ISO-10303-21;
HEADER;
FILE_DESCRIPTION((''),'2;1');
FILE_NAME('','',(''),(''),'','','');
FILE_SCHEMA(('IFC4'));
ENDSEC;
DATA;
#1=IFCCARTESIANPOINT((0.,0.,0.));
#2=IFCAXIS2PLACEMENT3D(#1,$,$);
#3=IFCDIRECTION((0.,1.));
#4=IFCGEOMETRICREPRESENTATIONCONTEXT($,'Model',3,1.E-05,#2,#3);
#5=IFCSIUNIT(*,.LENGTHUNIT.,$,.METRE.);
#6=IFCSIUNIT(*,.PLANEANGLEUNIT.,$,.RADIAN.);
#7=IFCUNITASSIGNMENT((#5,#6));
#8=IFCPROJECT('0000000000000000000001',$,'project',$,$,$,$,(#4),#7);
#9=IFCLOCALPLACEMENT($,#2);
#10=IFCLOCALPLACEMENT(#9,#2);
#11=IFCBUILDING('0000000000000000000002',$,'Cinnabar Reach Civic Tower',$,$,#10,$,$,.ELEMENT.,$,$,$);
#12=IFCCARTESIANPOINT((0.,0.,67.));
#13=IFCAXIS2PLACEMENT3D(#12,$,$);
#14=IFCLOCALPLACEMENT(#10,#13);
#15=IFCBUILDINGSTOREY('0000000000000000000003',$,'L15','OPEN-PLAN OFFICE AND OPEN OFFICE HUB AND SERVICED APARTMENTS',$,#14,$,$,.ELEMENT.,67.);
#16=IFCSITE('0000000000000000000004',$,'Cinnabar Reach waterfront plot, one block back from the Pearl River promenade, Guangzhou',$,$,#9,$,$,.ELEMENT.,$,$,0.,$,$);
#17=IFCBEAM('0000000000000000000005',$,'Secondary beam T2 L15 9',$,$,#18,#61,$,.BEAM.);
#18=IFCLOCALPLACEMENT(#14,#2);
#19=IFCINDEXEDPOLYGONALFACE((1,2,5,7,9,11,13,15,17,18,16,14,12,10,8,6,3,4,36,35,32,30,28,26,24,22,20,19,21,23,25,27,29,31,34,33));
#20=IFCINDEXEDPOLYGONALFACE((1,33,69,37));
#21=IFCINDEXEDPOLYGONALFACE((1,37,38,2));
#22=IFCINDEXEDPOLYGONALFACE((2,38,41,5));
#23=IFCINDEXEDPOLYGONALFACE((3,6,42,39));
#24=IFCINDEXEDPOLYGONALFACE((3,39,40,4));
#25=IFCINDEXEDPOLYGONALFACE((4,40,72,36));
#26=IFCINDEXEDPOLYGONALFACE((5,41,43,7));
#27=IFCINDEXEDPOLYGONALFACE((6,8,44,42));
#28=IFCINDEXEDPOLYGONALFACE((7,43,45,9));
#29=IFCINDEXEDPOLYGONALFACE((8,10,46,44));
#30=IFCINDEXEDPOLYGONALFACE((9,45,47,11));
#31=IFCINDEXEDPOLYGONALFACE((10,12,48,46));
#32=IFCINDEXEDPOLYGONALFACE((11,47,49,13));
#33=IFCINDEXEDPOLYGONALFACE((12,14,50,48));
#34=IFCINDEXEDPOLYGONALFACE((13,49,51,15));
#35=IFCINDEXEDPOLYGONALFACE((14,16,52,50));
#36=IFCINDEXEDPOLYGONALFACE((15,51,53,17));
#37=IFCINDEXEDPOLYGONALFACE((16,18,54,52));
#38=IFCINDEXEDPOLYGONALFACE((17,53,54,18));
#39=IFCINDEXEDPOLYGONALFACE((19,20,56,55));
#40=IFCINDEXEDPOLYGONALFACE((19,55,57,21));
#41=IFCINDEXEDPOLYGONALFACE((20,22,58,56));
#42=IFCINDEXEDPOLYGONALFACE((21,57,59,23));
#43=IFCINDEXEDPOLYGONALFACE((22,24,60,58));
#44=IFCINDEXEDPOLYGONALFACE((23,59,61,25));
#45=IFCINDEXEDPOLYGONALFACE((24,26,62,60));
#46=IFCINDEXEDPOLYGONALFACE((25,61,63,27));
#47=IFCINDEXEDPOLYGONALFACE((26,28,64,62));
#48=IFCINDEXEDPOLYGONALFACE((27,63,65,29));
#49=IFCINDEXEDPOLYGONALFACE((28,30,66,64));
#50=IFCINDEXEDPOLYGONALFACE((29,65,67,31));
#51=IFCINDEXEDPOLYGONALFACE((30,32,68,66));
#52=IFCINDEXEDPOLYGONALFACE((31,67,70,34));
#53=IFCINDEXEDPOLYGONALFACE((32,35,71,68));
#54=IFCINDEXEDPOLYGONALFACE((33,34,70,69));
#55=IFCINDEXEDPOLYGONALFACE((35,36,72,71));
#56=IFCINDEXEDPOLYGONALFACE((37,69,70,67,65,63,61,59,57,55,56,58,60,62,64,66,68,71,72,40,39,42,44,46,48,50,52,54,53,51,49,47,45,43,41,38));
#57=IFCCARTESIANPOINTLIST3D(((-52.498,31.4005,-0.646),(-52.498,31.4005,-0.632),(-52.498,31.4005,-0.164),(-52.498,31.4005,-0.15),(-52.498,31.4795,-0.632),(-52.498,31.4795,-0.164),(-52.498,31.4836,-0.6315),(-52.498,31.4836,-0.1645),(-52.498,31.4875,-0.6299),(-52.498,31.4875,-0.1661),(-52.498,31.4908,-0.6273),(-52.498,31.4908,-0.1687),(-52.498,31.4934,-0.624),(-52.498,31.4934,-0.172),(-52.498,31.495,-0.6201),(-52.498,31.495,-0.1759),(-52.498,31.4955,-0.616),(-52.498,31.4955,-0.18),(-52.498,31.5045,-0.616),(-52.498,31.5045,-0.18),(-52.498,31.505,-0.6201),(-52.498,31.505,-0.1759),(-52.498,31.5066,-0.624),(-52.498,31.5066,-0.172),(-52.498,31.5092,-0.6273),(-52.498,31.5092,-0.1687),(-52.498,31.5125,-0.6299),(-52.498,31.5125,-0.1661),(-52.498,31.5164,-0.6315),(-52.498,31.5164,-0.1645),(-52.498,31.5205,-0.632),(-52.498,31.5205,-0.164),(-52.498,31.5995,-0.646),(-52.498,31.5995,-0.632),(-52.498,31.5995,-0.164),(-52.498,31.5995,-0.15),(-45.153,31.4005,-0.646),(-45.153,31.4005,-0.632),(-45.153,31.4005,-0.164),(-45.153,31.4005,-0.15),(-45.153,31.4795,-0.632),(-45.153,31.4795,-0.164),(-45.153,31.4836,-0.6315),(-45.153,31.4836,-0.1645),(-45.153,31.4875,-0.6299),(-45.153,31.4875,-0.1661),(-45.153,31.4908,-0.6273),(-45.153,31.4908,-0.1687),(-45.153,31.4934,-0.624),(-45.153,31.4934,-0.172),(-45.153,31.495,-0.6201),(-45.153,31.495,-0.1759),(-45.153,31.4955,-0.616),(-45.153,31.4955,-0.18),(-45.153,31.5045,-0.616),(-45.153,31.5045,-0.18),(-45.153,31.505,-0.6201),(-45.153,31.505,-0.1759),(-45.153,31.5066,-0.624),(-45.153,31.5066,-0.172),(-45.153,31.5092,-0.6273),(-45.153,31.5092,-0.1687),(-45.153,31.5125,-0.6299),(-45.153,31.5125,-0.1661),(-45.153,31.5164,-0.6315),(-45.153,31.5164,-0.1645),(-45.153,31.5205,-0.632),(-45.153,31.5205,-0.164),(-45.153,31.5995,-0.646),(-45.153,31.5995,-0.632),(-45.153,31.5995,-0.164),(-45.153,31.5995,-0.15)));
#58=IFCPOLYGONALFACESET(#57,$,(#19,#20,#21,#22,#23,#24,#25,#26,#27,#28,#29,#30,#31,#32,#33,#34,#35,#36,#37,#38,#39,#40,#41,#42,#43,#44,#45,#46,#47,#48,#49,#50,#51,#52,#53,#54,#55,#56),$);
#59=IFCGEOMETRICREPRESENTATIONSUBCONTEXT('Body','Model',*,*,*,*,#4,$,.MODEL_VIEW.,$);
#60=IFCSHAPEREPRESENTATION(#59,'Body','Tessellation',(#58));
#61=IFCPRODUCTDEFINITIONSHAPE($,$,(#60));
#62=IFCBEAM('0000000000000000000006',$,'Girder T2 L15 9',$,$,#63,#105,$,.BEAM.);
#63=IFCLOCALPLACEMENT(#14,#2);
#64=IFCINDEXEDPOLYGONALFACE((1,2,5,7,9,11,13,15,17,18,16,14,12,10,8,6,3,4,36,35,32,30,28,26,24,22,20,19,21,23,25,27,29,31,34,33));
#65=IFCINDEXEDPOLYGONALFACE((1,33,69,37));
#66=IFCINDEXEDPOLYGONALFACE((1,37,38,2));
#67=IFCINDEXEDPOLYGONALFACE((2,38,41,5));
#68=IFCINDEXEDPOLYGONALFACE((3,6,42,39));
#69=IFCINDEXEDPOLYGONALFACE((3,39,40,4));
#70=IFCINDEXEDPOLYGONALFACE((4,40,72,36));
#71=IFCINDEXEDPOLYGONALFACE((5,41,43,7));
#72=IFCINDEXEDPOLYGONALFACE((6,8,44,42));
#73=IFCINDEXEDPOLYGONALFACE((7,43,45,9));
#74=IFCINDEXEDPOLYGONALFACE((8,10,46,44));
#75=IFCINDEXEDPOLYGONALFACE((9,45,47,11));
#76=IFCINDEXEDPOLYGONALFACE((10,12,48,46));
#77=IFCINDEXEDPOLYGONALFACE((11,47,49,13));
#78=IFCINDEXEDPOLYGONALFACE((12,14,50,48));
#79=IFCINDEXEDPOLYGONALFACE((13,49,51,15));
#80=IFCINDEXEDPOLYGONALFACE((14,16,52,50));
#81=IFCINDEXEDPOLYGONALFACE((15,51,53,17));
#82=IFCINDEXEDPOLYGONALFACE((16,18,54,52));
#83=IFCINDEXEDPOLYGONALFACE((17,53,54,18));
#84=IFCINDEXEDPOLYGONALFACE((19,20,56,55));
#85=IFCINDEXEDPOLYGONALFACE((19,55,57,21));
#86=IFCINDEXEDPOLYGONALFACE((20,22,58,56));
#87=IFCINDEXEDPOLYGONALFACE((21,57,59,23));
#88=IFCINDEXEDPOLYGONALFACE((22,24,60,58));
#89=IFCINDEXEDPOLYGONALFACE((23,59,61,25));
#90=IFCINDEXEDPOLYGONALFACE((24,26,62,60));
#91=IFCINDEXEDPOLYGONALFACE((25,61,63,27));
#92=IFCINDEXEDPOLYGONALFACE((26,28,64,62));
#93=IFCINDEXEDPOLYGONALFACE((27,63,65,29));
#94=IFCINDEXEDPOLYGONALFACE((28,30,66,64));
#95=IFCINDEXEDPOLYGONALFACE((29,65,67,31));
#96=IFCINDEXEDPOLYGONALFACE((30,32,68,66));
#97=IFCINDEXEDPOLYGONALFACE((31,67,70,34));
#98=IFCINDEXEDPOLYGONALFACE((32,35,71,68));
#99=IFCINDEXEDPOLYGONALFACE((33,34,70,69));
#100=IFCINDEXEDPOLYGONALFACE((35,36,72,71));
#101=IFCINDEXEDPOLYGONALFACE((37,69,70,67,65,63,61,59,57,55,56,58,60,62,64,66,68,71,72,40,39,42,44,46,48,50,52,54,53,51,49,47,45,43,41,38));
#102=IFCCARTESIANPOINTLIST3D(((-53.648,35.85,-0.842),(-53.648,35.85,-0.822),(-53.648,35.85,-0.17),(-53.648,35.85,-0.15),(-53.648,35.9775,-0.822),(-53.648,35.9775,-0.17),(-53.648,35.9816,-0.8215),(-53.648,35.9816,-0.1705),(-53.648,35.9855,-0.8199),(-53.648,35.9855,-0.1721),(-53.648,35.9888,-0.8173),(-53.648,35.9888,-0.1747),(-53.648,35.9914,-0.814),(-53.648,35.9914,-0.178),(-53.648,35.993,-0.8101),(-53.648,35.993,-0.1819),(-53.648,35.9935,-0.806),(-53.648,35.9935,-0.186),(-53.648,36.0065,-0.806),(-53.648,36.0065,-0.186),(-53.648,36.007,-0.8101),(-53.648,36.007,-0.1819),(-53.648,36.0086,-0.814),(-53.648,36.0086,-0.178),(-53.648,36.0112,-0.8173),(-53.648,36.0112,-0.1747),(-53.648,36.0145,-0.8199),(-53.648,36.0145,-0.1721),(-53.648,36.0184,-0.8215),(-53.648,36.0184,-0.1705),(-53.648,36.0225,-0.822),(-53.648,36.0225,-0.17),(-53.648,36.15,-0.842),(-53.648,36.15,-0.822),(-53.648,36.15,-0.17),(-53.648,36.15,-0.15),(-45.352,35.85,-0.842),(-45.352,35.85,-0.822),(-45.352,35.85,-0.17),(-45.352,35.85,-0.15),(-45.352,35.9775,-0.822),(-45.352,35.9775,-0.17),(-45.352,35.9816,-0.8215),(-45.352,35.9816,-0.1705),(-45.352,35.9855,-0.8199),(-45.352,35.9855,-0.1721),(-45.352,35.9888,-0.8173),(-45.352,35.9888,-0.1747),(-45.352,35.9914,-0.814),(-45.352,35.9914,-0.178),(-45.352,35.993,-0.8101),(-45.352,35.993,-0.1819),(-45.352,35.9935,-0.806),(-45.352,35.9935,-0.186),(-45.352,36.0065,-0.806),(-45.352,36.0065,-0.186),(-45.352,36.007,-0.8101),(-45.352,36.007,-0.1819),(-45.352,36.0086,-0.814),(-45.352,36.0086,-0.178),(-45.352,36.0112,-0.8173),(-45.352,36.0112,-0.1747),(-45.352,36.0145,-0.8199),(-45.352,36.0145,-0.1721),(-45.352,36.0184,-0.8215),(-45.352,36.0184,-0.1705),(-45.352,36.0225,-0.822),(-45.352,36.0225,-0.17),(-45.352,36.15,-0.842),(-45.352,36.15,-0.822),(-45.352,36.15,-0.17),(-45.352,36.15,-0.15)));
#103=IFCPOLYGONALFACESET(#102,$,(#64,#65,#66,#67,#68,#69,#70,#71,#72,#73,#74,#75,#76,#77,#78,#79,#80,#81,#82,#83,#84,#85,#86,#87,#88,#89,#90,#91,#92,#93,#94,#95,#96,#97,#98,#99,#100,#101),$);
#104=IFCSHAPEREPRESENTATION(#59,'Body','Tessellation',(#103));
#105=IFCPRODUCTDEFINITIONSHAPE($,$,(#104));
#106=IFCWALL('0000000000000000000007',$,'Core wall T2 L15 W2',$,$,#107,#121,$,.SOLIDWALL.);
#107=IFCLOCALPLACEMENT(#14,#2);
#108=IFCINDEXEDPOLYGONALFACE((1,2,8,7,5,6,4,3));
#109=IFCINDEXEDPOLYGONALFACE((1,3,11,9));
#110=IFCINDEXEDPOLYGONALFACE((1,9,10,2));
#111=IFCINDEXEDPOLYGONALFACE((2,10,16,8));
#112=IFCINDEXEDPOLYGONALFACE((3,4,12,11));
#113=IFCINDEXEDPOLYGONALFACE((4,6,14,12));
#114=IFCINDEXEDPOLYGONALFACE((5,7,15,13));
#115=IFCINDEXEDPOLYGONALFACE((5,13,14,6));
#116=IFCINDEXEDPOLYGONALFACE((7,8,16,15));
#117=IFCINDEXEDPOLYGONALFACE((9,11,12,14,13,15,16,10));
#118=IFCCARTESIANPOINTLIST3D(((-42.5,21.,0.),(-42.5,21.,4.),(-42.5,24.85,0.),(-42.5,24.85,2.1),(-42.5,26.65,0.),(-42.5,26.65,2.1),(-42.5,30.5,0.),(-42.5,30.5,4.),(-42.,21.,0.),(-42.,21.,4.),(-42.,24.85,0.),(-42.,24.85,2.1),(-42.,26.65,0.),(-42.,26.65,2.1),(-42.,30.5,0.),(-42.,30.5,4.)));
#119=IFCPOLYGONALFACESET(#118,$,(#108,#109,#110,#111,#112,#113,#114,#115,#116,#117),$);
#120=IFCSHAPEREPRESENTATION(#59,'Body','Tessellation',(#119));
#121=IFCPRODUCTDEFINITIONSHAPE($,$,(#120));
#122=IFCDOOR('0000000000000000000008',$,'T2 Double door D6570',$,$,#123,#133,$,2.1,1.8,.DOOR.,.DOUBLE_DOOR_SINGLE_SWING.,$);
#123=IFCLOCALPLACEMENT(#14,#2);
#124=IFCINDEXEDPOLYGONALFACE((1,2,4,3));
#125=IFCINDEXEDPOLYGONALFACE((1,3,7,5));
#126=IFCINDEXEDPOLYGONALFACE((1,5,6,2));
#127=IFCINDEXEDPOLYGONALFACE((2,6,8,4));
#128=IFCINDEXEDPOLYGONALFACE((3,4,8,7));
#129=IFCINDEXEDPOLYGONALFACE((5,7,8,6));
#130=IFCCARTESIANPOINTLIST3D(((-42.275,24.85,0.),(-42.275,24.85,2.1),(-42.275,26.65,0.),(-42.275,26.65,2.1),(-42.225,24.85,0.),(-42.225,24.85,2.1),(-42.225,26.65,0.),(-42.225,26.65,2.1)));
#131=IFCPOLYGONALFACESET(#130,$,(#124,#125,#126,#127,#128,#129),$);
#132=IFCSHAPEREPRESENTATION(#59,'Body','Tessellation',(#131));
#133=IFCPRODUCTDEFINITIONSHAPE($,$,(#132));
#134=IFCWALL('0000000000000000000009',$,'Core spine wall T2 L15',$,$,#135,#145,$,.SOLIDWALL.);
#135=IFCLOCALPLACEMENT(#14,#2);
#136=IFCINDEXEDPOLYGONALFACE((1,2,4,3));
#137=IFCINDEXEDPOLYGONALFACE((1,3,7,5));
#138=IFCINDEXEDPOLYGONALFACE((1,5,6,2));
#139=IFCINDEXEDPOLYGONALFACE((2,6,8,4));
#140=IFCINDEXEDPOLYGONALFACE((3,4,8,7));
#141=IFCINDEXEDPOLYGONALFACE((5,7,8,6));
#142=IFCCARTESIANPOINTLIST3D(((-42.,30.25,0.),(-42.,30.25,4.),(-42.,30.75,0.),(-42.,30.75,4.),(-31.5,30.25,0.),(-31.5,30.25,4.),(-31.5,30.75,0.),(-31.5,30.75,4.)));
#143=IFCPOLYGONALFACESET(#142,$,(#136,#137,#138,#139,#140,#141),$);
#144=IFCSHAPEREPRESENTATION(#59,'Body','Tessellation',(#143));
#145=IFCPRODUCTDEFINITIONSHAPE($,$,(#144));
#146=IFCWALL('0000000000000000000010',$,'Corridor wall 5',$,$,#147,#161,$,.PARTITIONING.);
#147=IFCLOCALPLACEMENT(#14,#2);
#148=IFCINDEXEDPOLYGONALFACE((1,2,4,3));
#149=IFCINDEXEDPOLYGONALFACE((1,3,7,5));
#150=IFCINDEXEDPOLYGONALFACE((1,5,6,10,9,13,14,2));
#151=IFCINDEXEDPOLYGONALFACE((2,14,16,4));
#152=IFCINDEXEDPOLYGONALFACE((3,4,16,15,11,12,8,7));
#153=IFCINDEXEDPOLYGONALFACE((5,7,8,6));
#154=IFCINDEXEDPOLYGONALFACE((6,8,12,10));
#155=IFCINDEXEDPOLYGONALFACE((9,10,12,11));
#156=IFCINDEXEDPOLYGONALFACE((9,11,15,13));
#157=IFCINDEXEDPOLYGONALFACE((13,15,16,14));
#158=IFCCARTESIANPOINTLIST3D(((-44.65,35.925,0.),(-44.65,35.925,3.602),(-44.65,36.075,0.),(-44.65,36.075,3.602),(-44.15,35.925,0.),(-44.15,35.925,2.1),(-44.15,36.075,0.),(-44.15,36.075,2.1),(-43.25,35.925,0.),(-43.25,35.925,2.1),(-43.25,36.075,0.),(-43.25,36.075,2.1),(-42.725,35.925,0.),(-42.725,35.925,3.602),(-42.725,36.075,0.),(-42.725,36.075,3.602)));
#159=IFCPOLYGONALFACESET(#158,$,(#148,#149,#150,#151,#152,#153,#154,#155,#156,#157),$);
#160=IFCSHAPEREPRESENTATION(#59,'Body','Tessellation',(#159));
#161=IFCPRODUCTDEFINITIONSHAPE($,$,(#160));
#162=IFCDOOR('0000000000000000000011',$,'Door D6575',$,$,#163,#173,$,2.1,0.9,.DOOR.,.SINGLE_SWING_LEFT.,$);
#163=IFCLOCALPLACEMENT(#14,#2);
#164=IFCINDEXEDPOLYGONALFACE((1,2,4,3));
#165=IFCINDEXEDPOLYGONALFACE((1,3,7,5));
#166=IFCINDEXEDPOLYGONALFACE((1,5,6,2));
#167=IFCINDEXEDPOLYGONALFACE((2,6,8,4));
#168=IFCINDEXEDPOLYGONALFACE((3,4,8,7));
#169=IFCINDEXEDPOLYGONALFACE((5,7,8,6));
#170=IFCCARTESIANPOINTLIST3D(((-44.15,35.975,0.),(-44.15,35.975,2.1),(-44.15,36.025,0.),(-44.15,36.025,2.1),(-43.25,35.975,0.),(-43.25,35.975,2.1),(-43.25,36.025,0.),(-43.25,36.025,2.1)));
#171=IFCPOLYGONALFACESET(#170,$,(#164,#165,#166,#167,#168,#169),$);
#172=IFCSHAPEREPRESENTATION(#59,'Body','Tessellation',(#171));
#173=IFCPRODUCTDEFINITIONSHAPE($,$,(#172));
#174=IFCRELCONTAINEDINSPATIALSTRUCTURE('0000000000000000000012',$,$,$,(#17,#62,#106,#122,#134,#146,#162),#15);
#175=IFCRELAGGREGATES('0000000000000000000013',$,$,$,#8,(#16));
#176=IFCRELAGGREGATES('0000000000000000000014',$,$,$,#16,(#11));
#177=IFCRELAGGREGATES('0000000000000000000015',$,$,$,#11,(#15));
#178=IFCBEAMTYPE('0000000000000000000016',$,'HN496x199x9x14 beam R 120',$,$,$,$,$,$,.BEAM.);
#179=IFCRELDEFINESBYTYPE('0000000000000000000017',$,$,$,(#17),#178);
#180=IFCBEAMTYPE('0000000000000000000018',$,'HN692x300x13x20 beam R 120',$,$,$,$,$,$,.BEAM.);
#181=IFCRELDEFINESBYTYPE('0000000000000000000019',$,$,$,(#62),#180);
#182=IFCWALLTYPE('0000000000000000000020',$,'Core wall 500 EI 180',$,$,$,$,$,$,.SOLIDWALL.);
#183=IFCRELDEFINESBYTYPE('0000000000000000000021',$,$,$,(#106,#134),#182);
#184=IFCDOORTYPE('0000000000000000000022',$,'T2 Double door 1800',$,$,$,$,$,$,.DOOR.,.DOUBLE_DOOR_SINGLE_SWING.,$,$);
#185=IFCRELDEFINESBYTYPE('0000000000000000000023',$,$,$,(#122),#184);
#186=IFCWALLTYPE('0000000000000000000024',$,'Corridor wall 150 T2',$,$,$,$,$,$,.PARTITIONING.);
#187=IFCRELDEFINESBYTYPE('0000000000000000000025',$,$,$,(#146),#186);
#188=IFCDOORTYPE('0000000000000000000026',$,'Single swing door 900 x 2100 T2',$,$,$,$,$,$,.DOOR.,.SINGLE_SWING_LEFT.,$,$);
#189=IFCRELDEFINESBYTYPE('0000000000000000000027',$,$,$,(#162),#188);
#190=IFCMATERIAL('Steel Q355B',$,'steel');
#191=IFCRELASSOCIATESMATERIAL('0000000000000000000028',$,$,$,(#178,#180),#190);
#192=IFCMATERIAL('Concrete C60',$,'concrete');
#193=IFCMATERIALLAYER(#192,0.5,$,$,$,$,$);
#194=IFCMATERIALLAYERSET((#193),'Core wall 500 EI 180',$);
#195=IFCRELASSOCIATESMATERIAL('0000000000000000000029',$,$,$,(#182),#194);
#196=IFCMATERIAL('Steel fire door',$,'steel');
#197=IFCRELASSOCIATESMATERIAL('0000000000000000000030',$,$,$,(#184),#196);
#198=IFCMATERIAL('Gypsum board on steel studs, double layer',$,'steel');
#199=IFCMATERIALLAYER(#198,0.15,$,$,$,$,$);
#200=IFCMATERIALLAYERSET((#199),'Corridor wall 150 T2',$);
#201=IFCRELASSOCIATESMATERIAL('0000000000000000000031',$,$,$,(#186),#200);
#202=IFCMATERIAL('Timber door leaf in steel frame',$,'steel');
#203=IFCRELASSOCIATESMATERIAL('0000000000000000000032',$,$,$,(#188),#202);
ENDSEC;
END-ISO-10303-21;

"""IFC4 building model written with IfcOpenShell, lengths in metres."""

from ifc_helpers import new_model, si_unit, direction, frame, frame_2d, origin, origin_2d, place, context, subcontext, project, spatial, rectangle, i_section, extrude, material, layer, layer_set, material_profile, profile_set, type_object, element, fill, save


model = new_model("IFC4")

# Units and contexts
model_context = context("Model", 3, precision=1e-05, world=origin(), true_north=direction((0.0, 1.0)))
body_context = subcontext(model_context, "Body", "Model", "MODEL_VIEW")
ifc_project = project(units=[si_unit("LENGTHUNIT", "METRE"), si_unit("PLANEANGLEUNIT", "RADIAN")], contexts=[model_context])

# Site, building, storey
site_placement = place(None, origin())
site = spatial("IfcSite", under=ifc_project, at=site_placement, Name="Cinnabar Reach waterfront plot, one block back from the Pearl River promenade, Guangzhou", CompositionType="ELEMENT", RefElevation=0.0)
building_placement = place(site_placement, origin())
building = spatial("IfcBuilding", under=site, at=building_placement, Name="Cinnabar Reach Civic Tower", CompositionType="ELEMENT")
storey_placement = place(building_placement, frame((0.0, 0.0, 67.0)))
storey = spatial("IfcBuildingStorey", under=building, at=storey_placement, Name="L15", Description="OPEN-PLAN OFFICE AND OPEN OFFICE HUB AND SERVICED APARTMENTS", CompositionType="ELEMENT", Elevation=67.0)

# Shared definitions
ifc_material_1 = material(Name="Concrete C60", Category="concrete")

# Beams
ifc_material_2 = material(Name="Steel Q355B", Category="steel")
ifc_material_profile_1 = material_profile(ifc_material_2, i_section(OverallWidth=0.199, OverallDepth=0.496, WebThickness=0.009, FlangeThickness=0.014, FilletRadius=0.016, at=origin_2d()), Name="HN496x199x9x14")
ifc_profile_set_1 = profile_set([ifc_material_profile_1], Name="Steel Q355B")
beam_type_1 = type_object("IfcBeamType", Name="HN496x199x9x14 beam R 120", PredefinedType="BEAM", material=ifc_profile_set_1)
beam_1_placement = place(storey_placement, frame((-52.498, 31.5, -0.398), z_axis=(1.0, 0.0, 0.0), x_axis=(0.0, 1.0, 0.0)))
element("IfcBeam", 1, at=beam_1_placement, inside=storey, type_object=beam_type_1, Name="Secondary beam T2 L15 9", PredefinedType="BEAM", context=body_context, shape_type="SweptSolid", body=[
    extrude(i_section(OverallWidth=0.199, OverallDepth=0.496, WebThickness=0.009, FlangeThickness=0.014, FilletRadius=0.016, at=origin_2d()), origin(), (0.0, 0.0, 1.0), 7.345),
])
ifc_material_profile_2 = material_profile(ifc_material_2, i_section(OverallWidth=0.3, OverallDepth=0.692, WebThickness=0.013, FlangeThickness=0.02, FilletRadius=0.016, at=origin_2d()), Name="HN692x300x13x20")
ifc_profile_set_2 = profile_set([ifc_material_profile_2], Name="Steel Q355B")
beam_type_2 = type_object("IfcBeamType", Name="HN692x300x13x20 beam R 120", PredefinedType="BEAM", material=ifc_profile_set_2)
beam_2_placement = place(storey_placement, frame((-53.648, 36.0, -0.496), z_axis=(1.0, 0.0, 0.0), x_axis=(0.0, 1.0, 0.0)))
element("IfcBeam", 2, at=beam_2_placement, inside=storey, type_object=beam_type_2, Name="Girder T2 L15 9", PredefinedType="BEAM", context=body_context, shape_type="SweptSolid", body=[
    extrude(i_section(OverallWidth=0.3, OverallDepth=0.692, WebThickness=0.013, FlangeThickness=0.02, FilletRadius=0.016, at=origin_2d()), origin(), (0.0, 0.0, 1.0), 8.296),
])

# Wall, opening, door
ifc_layer_1 = layer(ifc_material_1, 0.5)
ifc_layer_set_1 = layer_set([ifc_layer_1], Name="Core wall 500 EI 180")
wall_type_1 = type_object("IfcWallType", Name="Core wall 500 EI 180", PredefinedType="SOLIDWALL", material=ifc_layer_set_1)
wall_1_placement = place(storey_placement, frame((-42.25, 30.5, 0.0), z_axis=(0.0, 0.0, 1.0), x_axis=(0.0, -1.0, 0.0)))
wall_1 = element("IfcWall", 3, at=wall_1_placement, inside=storey, type_object=wall_type_1, Name="Core wall T2 L15 W2", PredefinedType="SOLIDWALL", context=body_context, shape_type="SweptSolid", body=[
    extrude(rectangle(XDim=9.5, YDim=0.5, at=frame_2d((4.75, 0.0))), origin(), (0.0, 0.0, 1.0), 4.0),
])
opening_1_placement = place(wall_1_placement, frame((3.85, 0.0, 0.0)))
opening_1 = element("IfcOpeningElement", 4, at=opening_1_placement, cuts=wall_1, PredefinedType="OPENING", context=body_context, shape_type="SweptSolid", body=[
    extrude(rectangle(XDim=1.8, YDim=2.1, at=frame_2d((0.9, 1.05))), frame((0.0, 0.26, 0.0), z_axis=(0.0, -1.0, 0.0), x_axis=(1.0, 0.0, 0.0)), (0.0, 0.0, 1.0), 0.52),
])
ifc_material_3 = material(Name="Steel fire door", Category="steel")
door_type_1 = type_object("IfcDoorType", Name="T2 Double door 1800", OperationType="DOUBLE_DOOR_SINGLE_SWING", PredefinedType="DOOR", material=ifc_material_3)
door_1_placement = place(opening_1_placement, origin())
door_1 = element("IfcDoor", 5, at=door_1_placement, inside=storey, type_object=door_type_1, Name="T2 Double door D6570", OperationType="DOUBLE_DOOR_SINGLE_SWING", OverallHeight=2.1, OverallWidth=1.8, PredefinedType="DOOR", context=body_context, shape_type="SweptSolid", body=[
    extrude(rectangle(XDim=1.8, YDim=2.1, at=frame_2d((0.9, 1.05))), frame((0.0, 0.025, 0.0), z_axis=(0.0, -1.0, 0.0), x_axis=(1.0, 0.0, 0.0)), (0.0, 0.0, 1.0), 0.05),
])
fill(opening_1, door_1)

# Wall
wall_2_placement = place(storey_placement, frame((-42.0, 30.5, 0.0), z_axis=(0.0, 0.0, 1.0), x_axis=(1.0, 0.0, 0.0)))
element("IfcWall", 6, at=wall_2_placement, inside=storey, type_object=wall_type_1, Name="Core spine wall T2 L15", PredefinedType="SOLIDWALL", context=body_context, shape_type="SweptSolid", body=[
    extrude(rectangle(XDim=10.5, YDim=0.5, at=frame_2d((5.25, 0.0))), origin(), (0.0, 0.0, 1.0), 4.0),
])

# Wall, opening, door
ifc_material_4 = material(Name="Gypsum board on steel studs, double layer", Category="steel")
ifc_layer_2 = layer(ifc_material_4, 0.15)
ifc_layer_set_2 = layer_set([ifc_layer_2], Name="Corridor wall 150 T2")
wall_type_2 = type_object("IfcWallType", Name="Corridor wall 150 T2", PredefinedType="PARTITIONING", material=ifc_layer_set_2)
wall_3_placement = place(storey_placement, frame((-44.65, 36.0, 0.0), z_axis=(0.0, 0.0, 1.0), x_axis=(1.0, 0.0, 0.0)))
wall_3 = element("IfcWall", 7, at=wall_3_placement, inside=storey, type_object=wall_type_2, Name="Corridor wall 5", PredefinedType="PARTITIONING", context=body_context, shape_type="SweptSolid", body=[
    extrude(rectangle(XDim=1.925, YDim=0.15, at=frame_2d((0.9625, 0.0))), origin(), (0.0, 0.0, 1.0), 3.602),
])
opening_2_placement = place(wall_3_placement, frame((0.5, 0.0, 0.0)))
opening_2 = element("IfcOpeningElement", 8, at=opening_2_placement, cuts=wall_3, PredefinedType="OPENING", context=body_context, shape_type="SweptSolid", body=[
    extrude(rectangle(XDim=0.9, YDim=2.1, at=frame_2d((0.45, 1.05))), frame((0.0, 0.085, 0.0), z_axis=(0.0, -1.0, 0.0), x_axis=(1.0, 0.0, 0.0)), (0.0, 0.0, 1.0), 0.17),
])
ifc_material_5 = material(Name="Timber door leaf in steel frame", Category="steel")
door_type_2 = type_object("IfcDoorType", Name="Single swing door 900 x 2100 T2", OperationType="SINGLE_SWING_LEFT", PredefinedType="DOOR", material=ifc_material_5)
door_2_placement = place(opening_2_placement, origin())
door_2 = element("IfcDoor", 9, at=door_2_placement, inside=storey, type_object=door_type_2, Name="Door D6575", OperationType="SINGLE_SWING_LEFT", OverallHeight=2.1, OverallWidth=0.9, PredefinedType="DOOR", context=body_context, shape_type="SweptSolid", body=[
    extrude(rectangle(XDim=0.9, YDim=2.1, at=frame_2d((0.45, 1.05))), frame((0.0, 0.025, 0.0), z_axis=(0.0, -1.0, 0.0), x_axis=(1.0, 0.0, 0.0)), (0.0, 0.0, 1.0), 0.05),
])
fill(opening_2, door_2)

save(model, "model.ifc")
